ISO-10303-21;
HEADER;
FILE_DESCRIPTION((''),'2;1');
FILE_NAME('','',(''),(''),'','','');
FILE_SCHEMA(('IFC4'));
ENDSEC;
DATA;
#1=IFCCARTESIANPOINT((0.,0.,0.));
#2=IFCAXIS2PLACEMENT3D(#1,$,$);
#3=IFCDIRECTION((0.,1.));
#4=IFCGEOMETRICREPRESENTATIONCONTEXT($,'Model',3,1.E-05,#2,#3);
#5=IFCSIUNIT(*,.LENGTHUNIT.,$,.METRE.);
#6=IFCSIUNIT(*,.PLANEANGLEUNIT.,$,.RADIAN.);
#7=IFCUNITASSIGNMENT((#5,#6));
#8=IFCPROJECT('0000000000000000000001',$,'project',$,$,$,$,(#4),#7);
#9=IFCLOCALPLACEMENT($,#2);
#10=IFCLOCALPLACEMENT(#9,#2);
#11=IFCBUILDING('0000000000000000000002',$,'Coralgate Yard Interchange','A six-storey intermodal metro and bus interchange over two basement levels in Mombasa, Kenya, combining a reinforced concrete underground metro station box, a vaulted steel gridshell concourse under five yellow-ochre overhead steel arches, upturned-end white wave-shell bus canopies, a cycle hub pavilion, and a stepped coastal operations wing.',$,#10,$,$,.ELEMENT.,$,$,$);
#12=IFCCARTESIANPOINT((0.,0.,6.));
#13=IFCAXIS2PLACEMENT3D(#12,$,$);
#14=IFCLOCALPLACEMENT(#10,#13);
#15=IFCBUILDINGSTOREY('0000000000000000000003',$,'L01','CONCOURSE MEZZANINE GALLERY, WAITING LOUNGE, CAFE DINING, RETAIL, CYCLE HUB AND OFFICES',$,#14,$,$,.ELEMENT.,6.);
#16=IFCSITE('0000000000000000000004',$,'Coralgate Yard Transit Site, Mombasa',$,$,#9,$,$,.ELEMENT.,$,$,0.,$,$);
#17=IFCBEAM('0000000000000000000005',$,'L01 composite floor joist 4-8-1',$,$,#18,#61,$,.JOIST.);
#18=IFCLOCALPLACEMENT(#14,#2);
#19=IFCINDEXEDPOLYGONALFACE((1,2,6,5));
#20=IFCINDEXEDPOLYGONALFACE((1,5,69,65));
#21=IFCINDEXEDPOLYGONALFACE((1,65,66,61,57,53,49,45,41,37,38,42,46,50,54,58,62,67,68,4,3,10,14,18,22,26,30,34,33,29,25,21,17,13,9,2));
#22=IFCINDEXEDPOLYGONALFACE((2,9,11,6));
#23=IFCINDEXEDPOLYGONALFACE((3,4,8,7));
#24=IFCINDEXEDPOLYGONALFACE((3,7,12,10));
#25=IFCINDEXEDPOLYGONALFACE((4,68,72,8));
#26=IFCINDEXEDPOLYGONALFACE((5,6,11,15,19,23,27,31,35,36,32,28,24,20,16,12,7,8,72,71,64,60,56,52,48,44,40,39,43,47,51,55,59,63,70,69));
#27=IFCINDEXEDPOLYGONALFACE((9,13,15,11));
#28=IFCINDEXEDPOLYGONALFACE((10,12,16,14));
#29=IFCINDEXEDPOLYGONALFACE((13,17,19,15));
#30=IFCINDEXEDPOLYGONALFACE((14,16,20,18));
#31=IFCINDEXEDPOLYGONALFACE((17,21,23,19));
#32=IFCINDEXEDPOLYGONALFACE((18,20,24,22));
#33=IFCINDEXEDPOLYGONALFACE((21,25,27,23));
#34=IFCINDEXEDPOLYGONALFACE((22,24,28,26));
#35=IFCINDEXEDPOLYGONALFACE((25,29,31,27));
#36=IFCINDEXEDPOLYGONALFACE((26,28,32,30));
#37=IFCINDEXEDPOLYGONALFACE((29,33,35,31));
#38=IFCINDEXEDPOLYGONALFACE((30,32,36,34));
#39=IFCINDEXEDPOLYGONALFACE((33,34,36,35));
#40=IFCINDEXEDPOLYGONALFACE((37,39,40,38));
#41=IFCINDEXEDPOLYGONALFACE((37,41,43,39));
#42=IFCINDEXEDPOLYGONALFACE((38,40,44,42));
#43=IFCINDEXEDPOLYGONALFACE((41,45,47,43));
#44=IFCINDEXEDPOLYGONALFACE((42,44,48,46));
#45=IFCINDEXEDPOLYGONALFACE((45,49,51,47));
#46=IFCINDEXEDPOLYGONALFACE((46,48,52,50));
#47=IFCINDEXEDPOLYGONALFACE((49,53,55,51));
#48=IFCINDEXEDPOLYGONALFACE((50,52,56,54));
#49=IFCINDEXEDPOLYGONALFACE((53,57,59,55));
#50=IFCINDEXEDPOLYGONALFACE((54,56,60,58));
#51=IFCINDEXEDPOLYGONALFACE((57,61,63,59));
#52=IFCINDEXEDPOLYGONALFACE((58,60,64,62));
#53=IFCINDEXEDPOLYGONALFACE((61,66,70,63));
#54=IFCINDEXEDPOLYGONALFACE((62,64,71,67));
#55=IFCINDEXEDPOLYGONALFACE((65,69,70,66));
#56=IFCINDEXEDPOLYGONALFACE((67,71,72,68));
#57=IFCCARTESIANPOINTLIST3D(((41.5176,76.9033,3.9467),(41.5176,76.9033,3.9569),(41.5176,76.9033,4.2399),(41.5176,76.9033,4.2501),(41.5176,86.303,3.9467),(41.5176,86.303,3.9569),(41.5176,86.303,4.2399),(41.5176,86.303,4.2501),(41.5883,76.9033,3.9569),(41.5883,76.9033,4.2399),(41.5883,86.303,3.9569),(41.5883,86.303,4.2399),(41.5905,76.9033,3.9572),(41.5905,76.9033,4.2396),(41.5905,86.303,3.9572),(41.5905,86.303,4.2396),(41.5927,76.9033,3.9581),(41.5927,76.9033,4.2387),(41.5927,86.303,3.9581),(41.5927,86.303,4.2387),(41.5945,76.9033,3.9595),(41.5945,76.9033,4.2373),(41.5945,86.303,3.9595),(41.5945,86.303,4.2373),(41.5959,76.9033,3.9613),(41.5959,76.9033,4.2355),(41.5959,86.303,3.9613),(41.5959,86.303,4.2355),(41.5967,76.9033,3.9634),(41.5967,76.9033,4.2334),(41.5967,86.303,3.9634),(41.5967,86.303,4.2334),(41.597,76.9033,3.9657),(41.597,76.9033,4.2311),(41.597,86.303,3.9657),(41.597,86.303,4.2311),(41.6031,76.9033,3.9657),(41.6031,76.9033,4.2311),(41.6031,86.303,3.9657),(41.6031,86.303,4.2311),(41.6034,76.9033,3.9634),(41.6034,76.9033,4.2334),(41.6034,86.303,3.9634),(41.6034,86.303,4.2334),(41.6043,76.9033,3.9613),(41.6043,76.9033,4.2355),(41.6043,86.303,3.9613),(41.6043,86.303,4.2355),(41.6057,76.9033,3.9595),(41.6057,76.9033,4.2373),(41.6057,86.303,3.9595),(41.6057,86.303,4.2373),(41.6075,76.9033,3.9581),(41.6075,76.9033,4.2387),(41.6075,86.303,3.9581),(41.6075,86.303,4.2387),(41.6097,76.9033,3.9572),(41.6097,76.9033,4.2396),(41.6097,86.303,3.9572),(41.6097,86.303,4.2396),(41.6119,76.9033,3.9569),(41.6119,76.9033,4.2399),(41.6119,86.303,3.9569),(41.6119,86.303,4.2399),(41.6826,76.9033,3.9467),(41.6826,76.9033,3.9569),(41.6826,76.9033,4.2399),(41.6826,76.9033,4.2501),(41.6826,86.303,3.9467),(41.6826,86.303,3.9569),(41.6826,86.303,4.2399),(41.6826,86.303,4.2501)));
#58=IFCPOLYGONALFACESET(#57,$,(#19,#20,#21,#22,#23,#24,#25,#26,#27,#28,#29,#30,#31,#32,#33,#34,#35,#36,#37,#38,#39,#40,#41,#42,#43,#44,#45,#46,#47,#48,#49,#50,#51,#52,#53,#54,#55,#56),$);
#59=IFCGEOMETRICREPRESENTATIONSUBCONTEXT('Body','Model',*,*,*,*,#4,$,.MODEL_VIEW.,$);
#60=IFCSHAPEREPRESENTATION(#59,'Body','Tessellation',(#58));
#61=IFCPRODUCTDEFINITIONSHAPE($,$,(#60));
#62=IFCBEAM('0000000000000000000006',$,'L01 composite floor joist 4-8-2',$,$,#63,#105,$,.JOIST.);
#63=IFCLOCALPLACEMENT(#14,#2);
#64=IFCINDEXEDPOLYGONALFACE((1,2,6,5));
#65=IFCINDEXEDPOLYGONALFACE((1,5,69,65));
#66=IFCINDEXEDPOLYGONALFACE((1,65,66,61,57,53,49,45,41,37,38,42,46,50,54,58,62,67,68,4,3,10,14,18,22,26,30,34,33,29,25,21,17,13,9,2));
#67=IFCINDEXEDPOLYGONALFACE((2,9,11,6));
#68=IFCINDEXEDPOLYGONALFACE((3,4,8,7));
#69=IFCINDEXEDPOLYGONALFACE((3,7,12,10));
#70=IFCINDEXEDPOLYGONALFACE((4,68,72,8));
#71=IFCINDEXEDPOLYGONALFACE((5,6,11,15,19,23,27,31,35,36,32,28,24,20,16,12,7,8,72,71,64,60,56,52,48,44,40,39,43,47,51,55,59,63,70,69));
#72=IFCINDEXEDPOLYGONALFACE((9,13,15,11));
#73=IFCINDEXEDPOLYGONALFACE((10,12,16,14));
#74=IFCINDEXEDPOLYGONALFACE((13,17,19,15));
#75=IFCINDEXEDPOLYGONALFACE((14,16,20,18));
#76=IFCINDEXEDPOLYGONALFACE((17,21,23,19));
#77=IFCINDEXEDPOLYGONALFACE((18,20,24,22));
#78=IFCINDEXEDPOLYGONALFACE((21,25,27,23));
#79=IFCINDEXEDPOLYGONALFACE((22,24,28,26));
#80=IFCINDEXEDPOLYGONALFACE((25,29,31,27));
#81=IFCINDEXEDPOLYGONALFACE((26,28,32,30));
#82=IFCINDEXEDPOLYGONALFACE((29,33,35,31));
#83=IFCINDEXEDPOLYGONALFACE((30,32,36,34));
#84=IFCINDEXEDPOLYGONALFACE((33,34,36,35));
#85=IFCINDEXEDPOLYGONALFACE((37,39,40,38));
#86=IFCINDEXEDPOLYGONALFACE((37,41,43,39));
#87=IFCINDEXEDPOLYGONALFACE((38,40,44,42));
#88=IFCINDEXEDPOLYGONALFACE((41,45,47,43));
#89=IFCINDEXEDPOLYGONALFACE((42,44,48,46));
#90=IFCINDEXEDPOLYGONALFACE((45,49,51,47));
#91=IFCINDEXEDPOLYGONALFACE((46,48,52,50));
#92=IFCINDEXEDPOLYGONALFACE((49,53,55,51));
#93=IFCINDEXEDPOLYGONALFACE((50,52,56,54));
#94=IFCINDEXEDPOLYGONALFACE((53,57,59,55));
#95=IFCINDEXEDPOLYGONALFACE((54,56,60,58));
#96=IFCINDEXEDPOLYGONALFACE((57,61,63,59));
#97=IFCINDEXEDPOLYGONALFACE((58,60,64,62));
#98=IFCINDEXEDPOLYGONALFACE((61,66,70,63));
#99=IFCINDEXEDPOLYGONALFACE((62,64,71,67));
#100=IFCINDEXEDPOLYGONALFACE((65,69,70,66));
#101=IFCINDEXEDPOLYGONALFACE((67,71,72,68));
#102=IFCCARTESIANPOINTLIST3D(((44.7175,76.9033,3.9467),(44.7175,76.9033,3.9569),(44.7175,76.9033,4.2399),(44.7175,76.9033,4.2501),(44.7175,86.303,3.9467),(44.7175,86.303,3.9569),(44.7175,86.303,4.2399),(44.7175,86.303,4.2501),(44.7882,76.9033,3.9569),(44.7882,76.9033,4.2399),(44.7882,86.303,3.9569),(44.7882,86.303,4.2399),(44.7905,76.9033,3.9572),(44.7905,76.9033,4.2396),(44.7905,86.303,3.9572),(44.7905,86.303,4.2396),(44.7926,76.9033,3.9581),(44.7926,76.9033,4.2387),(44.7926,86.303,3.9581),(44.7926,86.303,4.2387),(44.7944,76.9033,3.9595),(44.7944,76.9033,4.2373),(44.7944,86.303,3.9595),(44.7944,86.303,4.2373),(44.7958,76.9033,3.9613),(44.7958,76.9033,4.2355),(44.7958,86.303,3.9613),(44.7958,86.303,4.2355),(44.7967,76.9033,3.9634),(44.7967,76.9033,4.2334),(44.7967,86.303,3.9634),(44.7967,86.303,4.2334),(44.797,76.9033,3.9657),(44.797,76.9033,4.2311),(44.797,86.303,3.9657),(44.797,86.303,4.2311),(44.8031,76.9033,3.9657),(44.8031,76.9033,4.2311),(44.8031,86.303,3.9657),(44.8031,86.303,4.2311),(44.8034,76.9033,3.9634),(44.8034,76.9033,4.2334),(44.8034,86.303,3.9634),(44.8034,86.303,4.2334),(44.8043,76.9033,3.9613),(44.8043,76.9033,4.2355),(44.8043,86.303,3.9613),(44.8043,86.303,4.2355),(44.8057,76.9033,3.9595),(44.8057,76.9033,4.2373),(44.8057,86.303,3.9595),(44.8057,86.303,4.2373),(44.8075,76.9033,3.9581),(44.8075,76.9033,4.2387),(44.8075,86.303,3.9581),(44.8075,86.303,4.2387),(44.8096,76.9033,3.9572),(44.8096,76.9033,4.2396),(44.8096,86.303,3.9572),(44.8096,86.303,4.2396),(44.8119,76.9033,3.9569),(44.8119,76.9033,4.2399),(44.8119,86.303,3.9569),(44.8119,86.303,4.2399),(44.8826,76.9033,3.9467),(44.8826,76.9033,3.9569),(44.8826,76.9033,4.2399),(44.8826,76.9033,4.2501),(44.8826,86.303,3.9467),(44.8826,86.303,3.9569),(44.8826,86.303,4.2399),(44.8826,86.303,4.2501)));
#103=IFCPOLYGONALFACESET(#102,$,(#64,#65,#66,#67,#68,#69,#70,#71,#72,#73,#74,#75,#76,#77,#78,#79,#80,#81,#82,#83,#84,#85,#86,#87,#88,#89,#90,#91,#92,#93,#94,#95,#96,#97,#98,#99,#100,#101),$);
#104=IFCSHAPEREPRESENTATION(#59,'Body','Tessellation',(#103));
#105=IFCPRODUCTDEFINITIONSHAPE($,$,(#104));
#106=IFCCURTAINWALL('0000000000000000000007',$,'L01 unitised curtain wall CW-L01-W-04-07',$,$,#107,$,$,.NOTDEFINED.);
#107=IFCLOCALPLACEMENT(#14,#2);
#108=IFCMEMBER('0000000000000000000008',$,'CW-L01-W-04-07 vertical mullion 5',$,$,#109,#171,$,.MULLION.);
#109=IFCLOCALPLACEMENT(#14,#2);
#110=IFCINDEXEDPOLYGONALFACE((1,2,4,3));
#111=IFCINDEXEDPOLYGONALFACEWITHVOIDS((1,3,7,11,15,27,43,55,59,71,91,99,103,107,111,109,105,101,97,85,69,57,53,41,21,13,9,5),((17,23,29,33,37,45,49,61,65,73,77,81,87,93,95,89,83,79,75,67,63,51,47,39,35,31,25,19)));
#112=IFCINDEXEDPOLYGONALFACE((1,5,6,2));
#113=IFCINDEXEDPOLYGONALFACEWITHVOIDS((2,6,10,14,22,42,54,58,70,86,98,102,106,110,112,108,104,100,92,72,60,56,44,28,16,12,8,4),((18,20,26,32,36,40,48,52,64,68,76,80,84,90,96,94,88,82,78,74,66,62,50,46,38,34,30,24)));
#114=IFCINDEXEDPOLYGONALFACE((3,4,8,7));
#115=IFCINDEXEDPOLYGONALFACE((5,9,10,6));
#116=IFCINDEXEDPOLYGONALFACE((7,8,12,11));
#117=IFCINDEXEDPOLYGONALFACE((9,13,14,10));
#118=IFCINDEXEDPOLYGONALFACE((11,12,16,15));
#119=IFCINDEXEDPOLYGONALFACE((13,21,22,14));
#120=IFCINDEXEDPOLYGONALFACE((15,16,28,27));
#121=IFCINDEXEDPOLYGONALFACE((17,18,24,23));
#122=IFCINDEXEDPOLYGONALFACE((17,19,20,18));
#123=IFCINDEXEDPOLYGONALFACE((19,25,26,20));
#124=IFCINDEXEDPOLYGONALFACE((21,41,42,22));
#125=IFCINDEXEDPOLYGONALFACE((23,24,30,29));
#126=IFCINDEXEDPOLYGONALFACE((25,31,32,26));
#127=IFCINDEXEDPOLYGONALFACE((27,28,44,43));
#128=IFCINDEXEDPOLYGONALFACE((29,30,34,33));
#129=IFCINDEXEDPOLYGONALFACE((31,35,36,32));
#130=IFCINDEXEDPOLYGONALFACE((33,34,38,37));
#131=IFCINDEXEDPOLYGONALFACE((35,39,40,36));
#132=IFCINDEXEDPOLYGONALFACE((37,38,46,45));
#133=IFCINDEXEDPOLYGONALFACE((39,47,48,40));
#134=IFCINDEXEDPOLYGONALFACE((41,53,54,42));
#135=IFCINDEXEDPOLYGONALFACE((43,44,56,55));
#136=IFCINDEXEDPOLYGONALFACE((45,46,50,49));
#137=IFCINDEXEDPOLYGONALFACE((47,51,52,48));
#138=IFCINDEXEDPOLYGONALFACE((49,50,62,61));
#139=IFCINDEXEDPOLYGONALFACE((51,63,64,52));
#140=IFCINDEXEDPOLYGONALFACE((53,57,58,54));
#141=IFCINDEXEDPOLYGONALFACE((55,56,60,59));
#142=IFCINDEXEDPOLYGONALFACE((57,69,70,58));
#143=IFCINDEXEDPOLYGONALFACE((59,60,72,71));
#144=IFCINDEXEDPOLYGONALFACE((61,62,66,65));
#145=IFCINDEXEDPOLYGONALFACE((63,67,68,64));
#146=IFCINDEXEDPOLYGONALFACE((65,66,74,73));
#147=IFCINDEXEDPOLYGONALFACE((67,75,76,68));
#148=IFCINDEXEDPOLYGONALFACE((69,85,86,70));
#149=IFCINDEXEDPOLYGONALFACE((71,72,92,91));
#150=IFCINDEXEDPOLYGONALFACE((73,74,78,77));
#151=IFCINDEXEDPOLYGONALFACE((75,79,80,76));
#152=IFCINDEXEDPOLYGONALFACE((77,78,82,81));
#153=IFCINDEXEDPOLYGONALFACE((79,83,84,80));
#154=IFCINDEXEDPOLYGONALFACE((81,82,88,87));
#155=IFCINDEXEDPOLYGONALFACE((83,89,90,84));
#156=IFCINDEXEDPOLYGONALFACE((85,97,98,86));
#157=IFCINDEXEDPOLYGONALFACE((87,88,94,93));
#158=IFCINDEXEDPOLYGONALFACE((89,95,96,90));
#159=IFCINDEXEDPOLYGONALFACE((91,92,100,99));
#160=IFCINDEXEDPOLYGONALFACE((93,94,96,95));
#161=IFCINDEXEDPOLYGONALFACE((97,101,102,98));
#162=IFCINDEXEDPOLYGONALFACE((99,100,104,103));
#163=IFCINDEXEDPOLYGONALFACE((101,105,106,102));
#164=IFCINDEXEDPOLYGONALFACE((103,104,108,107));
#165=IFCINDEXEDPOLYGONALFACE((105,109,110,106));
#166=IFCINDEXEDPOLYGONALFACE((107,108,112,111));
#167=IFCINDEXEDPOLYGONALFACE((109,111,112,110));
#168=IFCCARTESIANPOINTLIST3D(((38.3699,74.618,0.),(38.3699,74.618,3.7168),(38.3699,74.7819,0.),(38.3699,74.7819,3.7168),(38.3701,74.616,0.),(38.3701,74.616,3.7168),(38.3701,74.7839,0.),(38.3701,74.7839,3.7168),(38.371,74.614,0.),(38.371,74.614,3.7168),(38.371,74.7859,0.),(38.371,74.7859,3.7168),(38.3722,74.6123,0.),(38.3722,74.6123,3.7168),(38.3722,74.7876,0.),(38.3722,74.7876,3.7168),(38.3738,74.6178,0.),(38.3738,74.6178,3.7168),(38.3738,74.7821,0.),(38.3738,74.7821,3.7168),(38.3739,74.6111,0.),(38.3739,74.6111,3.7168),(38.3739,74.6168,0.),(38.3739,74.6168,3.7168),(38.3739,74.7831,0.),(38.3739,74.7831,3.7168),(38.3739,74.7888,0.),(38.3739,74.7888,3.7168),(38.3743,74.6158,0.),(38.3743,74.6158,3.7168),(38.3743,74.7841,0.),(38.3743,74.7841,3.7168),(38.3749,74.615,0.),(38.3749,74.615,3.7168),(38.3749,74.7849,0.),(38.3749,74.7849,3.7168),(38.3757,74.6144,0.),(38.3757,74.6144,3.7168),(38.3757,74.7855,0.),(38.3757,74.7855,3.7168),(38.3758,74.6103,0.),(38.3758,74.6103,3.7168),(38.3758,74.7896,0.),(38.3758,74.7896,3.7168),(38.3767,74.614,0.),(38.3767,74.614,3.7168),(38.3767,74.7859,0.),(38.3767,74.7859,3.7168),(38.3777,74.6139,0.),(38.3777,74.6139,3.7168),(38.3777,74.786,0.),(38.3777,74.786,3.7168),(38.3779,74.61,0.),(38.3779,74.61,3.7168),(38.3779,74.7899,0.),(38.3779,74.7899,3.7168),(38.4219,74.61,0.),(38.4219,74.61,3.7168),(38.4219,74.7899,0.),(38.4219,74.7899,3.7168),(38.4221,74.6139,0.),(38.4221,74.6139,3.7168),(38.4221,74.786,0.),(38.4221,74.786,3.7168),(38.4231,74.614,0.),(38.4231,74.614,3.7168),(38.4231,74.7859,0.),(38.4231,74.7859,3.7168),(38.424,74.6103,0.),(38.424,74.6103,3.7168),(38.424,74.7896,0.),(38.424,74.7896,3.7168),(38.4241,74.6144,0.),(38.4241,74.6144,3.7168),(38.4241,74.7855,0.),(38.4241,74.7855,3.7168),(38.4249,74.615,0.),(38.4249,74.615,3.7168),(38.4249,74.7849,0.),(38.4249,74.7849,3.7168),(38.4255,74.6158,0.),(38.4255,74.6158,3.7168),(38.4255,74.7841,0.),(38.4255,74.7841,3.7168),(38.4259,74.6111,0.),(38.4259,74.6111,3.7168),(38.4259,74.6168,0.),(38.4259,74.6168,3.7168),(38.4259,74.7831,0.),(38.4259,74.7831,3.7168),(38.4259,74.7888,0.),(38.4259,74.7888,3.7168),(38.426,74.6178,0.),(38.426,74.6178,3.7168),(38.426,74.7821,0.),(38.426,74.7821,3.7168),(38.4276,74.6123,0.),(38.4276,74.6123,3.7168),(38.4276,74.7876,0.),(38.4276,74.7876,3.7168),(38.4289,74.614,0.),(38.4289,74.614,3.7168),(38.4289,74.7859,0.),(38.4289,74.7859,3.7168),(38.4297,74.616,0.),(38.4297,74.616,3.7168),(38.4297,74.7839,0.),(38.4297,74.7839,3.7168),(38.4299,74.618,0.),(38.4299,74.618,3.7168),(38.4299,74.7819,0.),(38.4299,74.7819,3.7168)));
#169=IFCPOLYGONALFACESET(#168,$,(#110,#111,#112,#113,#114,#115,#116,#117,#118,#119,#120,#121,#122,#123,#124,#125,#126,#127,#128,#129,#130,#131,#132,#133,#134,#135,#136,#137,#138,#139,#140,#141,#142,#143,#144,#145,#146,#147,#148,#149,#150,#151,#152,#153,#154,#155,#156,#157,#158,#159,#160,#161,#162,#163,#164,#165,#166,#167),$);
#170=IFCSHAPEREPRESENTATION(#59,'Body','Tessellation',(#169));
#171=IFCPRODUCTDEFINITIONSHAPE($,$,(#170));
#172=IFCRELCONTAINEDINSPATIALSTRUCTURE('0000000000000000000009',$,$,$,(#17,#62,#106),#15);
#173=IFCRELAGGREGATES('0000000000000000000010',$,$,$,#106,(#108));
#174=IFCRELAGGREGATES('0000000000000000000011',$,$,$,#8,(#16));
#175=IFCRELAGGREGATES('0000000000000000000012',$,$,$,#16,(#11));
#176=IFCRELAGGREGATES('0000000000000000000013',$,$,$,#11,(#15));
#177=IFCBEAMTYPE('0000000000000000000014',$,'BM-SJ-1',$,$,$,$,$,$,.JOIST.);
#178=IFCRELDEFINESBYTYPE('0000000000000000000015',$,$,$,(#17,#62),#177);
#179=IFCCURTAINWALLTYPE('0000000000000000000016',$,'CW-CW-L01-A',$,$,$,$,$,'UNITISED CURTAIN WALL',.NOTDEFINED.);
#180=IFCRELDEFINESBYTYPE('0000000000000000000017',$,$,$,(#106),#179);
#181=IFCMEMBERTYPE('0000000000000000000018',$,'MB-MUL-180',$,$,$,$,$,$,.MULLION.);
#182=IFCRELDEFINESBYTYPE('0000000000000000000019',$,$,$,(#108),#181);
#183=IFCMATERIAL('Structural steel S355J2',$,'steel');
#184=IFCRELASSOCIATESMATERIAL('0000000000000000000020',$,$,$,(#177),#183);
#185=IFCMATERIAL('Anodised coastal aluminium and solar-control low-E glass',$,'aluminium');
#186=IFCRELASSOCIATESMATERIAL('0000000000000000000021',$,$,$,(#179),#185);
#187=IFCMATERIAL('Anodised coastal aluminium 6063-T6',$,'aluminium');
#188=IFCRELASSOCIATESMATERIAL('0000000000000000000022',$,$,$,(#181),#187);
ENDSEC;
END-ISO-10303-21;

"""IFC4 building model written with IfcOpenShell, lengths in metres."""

from ifc_helpers import new_model, si_unit, direction, frame, origin, origin_2d, place, context, subcontext, project, spatial, hollow_rectangle, i_section, extrude, material, material_profile, profile_set, type_object, element, aggregate, save


model = new_model("IFC4")

# Units and contexts
model_context = context("Model", 3, precision=1e-05, world=origin(), true_north=direction((0.0, 1.0)))
body_context = subcontext(model_context, "Body", "Model", "MODEL_VIEW")
ifc_project = project(units=[si_unit("LENGTHUNIT", "METRE"), si_unit("PLANEANGLEUNIT", "RADIAN")], contexts=[model_context])

# Site, building, storey
site_placement = place(None, origin())
site = spatial("IfcSite", under=ifc_project, at=site_placement, Name="Coralgate Yard Transit Site, Mombasa", CompositionType="ELEMENT", RefElevation=0.0)
building_placement = place(site_placement, origin())
building = spatial("IfcBuilding", under=site, at=building_placement, Name="Coralgate Yard Interchange", Description="A six-storey intermodal metro and bus interchange over two basement levels in Mombasa, Kenya, combining a reinforced concrete underground metro station box, a vaulted steel gridshell concourse under five yellow-ochre overhead steel arches, upturned-end white wave-shell bus canopies, a cycle hub pavilion, and a stepped coastal operations wing.", CompositionType="ELEMENT")
storey_placement = place(building_placement, frame((0.0, 0.0, 6.0)))
storey = spatial("IfcBuildingStorey", under=building, at=storey_placement, Name="L01", Description="CONCOURSE MEZZANINE GALLERY, WAITING LOUNGE, CAFE DINING, RETAIL, CYCLE HUB AND OFFICES", CompositionType="ELEMENT", Elevation=6.0)

# Shared definitions
ifc_material_1 = material(Name="Structural steel S355J2", Category="steel")

# Beams
ifc_material_profile_1 = material_profile(ifc_material_1, i_section(OverallWidth=0.165, OverallDepth=0.3035, WebThickness=0.0061, FlangeThickness=0.0103, FilletRadius=0.0088, at=origin_2d()), Name="UB 305x165x40")
ifc_profile_set_1 = profile_set([ifc_material_profile_1], Name="Structural steel S355J2")
beam_type_1 = type_object("IfcBeamType", Name="BM-SJ-1", PredefinedType="JOIST", material=ifc_profile_set_1)
for number, where, z_axis, x_axis, name in (
    (1, (41.6001, 76.9033, 4.0984), (0.0, 1.0, 0.0), (-1.0, 0.0, 0.0), "L01 composite floor joist 4-8-1"),
    (2, (44.8, 76.9033, 4.0984), (0.0, 1.0, 0.0), (-1.0, 0.0, 0.0), "L01 composite floor joist 4-8-2"),
):
    element("IfcBeam", number, at=place(storey_placement, frame(where, z_axis=z_axis, x_axis=x_axis)), inside=storey, type_object=beam_type_1, Name=name, PredefinedType="JOIST", context=body_context, shape_type="SweptSolid", body=[
        extrude(i_section(OverallWidth=0.165, OverallDepth=0.3035, WebThickness=0.0061, FlangeThickness=0.0103, FilletRadius=0.0088, at=origin_2d()), origin(), (0.0, 0.0, 1.0), 9.3997),
    ])

# Curtain wall, member
ifc_material_2 = material(Name="Anodised coastal aluminium and solar-control low-E glass", Category="aluminium")
curtain_wall_type_1 = type_object("IfcCurtainWallType", Name="CW-CW-L01-A", ElementType="UNITISED CURTAIN WALL", PredefinedType="NOTDEFINED", material=ifc_material_2)
curtain_wall_1_placement = place(storey_placement, origin())
curtain_wall_1 = element("IfcCurtainWall", 3, at=curtain_wall_1_placement, inside=storey, type_object=curtain_wall_type_1, Name="L01 unitised curtain wall CW-L01-W-04-07", PredefinedType="NOTDEFINED")
ifc_material_3 = material(Name="Anodised coastal aluminium 6063-T6", Category="aluminium")
ifc_material_profile_2 = material_profile(ifc_material_3, hollow_rectangle(XDim=0.0601, YDim=0.1799, WallThickness=0.0039, InnerFilletRadius=0.0039, OuterFilletRadius=0.0081, at=origin_2d()), Name="ALU 60x180x4")
ifc_profile_set_2 = profile_set([ifc_material_profile_2], Name="Anodised coastal aluminium 6063-T6")
member_type_1 = type_object("IfcMemberType", Name="MB-MUL-180", PredefinedType="MULLION", material=ifc_profile_set_2)
member_1_placement = place(storey_placement, frame((38.3999, 74.7, 0.0), z_axis=(0.0, 0.0, 1.0), x_axis=(1.0, 0.0, 0.0)))
member_1 = element("IfcMember", 4, at=member_1_placement, type_object=member_type_1, Name="CW-L01-W-04-07 vertical mullion 5", PredefinedType="MULLION", context=body_context, shape_type="SweptSolid", body=[
    extrude(hollow_rectangle(XDim=0.0601, YDim=0.1799, WallThickness=0.0039, InnerFilletRadius=0.0039, OuterFilletRadius=0.0081, at=origin_2d()), origin(), (0.0, 0.0, 1.0), 3.7168),
])

aggregate(curtain_wall_1, [member_1])

save(model, "model.ifc")
